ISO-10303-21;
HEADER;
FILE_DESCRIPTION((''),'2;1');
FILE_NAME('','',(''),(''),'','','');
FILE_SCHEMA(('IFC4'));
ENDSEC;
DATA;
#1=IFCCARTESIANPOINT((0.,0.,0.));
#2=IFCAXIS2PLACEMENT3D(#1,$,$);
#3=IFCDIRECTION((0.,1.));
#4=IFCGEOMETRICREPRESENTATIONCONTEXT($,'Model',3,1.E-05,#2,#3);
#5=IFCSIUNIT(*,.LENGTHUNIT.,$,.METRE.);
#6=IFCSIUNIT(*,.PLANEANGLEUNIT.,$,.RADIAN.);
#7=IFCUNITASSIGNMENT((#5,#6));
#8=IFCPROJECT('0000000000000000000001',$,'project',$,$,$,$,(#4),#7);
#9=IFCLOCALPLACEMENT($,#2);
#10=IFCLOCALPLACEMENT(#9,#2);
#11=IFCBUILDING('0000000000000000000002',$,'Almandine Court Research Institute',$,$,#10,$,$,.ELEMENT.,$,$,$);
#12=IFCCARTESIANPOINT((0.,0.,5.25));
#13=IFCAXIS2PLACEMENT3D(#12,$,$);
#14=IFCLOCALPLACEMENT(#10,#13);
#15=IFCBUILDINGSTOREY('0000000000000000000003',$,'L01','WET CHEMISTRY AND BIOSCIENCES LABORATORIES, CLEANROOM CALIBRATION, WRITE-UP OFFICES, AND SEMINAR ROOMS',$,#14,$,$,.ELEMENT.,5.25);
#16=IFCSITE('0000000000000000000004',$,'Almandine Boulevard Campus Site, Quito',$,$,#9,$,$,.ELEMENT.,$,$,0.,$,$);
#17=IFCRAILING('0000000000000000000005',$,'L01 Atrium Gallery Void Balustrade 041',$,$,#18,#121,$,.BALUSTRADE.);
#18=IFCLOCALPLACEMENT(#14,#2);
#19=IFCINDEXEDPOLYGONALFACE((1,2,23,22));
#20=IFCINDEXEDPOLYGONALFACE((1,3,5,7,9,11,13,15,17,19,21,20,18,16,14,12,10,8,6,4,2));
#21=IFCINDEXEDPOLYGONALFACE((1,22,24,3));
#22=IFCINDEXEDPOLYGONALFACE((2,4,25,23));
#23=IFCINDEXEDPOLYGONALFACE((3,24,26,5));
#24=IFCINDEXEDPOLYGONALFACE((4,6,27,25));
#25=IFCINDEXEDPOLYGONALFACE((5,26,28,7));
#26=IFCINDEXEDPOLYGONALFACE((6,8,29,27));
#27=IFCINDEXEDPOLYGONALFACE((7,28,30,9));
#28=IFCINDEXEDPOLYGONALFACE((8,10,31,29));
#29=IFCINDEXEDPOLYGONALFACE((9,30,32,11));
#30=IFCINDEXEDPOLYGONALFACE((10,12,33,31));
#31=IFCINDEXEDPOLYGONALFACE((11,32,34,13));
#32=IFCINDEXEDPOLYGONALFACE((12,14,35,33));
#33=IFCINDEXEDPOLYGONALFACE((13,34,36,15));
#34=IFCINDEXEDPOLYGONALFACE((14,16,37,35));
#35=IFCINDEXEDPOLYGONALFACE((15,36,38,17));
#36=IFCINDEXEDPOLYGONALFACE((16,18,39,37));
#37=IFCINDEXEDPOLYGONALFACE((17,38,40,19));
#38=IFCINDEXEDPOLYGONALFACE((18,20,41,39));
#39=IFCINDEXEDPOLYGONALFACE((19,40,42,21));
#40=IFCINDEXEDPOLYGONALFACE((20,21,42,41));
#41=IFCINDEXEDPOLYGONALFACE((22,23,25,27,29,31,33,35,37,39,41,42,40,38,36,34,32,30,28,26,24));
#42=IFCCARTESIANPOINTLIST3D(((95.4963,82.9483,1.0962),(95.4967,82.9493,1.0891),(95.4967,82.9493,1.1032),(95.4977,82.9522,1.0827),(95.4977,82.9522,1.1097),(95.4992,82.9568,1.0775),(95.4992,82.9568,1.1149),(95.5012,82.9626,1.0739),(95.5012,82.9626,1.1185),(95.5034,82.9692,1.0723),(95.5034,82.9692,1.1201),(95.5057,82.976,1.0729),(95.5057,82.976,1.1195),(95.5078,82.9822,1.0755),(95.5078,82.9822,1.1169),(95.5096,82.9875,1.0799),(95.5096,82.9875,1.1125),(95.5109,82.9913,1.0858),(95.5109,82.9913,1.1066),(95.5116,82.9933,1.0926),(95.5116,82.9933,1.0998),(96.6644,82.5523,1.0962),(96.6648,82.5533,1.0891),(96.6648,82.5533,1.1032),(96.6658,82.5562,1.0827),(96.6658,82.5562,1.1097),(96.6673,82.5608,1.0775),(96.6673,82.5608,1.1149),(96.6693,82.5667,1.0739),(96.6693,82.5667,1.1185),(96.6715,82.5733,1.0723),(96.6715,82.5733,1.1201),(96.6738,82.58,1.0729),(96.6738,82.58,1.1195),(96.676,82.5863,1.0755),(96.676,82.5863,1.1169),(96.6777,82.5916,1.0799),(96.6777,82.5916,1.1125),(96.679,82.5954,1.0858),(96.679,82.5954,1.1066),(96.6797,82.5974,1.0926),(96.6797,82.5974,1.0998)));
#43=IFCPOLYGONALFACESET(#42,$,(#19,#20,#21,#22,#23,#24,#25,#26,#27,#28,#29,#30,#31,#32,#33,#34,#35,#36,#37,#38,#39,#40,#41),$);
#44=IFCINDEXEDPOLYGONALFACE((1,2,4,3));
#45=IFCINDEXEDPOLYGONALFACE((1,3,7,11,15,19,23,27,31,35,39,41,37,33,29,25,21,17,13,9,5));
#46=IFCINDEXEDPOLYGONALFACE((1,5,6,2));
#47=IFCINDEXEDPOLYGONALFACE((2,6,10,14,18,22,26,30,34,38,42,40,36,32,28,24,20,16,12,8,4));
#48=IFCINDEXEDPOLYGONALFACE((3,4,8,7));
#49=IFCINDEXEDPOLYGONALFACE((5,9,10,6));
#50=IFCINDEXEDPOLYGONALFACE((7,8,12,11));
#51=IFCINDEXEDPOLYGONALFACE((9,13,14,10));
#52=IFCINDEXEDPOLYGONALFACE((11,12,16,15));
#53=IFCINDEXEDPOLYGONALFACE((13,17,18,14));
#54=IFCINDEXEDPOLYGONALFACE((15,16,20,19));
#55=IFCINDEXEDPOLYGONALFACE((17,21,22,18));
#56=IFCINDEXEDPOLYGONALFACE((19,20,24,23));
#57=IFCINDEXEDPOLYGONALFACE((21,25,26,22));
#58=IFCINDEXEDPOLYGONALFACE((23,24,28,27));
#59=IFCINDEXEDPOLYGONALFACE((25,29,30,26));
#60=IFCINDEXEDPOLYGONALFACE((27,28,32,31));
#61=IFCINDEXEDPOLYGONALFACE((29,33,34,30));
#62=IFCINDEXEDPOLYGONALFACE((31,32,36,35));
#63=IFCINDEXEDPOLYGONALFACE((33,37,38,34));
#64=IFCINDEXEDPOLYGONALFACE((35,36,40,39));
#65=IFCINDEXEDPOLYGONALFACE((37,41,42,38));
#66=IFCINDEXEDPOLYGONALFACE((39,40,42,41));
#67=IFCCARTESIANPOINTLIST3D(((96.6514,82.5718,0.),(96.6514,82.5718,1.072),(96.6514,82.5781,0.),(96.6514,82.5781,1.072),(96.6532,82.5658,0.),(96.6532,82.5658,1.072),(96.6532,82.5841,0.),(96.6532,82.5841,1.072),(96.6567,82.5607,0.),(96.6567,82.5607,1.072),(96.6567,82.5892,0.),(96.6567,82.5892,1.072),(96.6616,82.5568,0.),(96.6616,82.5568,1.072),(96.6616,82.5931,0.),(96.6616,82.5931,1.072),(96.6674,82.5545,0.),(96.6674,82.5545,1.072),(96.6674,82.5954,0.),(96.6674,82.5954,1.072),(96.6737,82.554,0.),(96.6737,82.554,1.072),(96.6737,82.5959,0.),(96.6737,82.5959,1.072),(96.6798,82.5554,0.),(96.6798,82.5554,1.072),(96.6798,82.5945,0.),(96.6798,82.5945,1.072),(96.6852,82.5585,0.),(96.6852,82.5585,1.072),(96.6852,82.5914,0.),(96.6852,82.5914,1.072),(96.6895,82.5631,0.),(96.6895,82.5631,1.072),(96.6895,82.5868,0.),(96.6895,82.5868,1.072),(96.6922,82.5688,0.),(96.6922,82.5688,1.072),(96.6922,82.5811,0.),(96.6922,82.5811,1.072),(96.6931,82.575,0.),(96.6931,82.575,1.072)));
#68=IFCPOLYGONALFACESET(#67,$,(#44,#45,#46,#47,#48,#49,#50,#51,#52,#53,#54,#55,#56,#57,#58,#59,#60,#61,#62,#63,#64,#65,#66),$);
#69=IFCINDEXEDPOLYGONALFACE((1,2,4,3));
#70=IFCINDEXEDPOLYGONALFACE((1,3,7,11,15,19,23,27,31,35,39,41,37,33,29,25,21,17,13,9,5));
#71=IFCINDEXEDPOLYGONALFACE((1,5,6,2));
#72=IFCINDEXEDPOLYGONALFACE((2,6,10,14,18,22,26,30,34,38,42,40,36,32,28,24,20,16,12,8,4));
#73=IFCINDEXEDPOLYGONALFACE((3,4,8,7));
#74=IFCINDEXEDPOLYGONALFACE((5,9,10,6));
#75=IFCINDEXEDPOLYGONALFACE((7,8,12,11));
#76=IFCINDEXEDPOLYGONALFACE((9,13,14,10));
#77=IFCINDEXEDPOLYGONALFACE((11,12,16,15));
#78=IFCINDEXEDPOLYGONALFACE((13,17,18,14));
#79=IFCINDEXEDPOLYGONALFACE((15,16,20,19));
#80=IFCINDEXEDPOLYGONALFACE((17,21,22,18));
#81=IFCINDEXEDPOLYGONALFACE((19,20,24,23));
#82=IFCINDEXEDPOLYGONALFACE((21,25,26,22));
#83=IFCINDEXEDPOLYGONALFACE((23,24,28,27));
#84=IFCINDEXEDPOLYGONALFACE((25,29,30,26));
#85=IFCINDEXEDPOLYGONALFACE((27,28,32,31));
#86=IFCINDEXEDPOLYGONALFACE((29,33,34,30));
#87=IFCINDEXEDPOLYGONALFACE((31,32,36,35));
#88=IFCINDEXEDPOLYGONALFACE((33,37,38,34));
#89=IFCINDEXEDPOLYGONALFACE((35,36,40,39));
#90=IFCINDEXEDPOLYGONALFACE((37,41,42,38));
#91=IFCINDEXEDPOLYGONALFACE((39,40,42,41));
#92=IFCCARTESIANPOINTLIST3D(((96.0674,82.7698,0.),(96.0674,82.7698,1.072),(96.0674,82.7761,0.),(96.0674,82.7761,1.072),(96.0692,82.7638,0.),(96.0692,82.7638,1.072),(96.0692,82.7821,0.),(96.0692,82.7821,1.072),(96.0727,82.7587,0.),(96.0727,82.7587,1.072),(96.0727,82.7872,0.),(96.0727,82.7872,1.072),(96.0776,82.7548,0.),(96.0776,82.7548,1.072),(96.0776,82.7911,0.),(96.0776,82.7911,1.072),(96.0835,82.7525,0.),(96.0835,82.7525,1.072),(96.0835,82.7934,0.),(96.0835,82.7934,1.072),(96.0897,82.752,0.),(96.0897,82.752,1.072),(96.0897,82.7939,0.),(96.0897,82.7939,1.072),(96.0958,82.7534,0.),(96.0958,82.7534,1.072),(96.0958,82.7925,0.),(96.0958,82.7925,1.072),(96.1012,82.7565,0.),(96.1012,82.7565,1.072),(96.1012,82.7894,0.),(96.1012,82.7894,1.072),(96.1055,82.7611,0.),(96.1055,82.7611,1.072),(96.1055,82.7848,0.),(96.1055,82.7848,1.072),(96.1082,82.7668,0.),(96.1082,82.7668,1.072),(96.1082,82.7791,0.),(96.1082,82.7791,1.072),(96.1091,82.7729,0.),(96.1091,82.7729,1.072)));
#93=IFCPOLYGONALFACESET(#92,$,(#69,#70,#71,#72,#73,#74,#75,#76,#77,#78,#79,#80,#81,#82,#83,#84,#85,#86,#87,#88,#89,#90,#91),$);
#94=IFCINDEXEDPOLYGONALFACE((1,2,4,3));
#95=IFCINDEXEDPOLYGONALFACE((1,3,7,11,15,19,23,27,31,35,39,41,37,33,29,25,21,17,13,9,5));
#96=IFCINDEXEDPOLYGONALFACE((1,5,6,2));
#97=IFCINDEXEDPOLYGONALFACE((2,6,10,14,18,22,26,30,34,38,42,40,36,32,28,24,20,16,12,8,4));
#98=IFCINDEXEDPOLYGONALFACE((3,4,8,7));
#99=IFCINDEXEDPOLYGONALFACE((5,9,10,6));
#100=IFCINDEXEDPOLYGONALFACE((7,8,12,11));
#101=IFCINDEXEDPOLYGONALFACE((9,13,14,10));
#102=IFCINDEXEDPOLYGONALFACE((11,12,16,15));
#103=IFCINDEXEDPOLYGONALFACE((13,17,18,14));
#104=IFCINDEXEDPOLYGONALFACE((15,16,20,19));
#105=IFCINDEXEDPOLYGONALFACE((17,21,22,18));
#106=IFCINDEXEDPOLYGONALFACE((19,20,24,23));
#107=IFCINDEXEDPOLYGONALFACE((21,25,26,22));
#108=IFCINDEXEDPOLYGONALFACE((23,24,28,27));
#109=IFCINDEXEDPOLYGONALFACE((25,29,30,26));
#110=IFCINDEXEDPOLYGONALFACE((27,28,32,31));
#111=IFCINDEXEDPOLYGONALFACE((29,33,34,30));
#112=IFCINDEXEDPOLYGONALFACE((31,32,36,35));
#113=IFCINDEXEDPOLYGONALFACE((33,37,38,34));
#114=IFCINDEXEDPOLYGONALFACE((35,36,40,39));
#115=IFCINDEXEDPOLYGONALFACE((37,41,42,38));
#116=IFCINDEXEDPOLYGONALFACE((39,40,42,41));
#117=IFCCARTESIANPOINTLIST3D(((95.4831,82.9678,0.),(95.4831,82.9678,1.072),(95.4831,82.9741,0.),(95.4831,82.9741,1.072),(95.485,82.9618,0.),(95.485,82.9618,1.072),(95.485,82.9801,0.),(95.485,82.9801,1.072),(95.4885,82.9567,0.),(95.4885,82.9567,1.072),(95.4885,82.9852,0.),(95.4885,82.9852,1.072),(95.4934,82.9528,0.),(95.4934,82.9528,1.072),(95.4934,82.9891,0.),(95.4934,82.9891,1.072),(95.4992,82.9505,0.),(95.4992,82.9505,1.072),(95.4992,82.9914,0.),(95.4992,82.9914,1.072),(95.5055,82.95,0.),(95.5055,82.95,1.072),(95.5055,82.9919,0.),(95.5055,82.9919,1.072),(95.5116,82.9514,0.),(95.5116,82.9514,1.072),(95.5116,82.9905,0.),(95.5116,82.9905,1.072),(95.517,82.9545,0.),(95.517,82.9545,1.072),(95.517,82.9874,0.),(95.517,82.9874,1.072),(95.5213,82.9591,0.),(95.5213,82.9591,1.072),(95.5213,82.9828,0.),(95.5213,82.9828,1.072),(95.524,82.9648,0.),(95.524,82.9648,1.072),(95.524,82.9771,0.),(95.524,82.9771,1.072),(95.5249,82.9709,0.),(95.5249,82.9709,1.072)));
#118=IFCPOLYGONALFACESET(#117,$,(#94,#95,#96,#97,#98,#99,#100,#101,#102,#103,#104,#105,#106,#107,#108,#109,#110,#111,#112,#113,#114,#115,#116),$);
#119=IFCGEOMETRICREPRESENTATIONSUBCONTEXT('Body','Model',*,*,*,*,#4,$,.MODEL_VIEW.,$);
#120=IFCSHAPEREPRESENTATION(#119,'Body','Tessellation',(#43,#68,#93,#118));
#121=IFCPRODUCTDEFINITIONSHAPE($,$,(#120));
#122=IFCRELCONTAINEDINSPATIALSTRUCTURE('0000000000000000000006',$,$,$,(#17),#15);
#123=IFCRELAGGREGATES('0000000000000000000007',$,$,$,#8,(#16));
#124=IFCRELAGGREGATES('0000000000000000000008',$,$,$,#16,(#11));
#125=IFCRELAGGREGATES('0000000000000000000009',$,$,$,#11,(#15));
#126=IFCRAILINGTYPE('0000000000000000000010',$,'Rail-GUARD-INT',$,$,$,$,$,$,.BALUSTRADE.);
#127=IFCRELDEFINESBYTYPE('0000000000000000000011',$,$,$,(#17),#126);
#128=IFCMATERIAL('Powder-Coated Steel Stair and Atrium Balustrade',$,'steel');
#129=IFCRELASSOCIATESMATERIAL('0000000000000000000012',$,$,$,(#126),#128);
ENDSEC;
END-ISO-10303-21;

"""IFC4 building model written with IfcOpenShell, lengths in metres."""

from ifc_helpers import new_model, si_unit, direction, frame, origin, origin_2d, place, context, subcontext, project, spatial, circle, extrude, material, type_object, element, save


model = new_model("IFC4")

# Units and contexts
model_context = context("Model", 3, precision=1e-05, world=origin(), true_north=direction((0.0, 1.0)))
body_context = subcontext(model_context, "Body", "Model", "MODEL_VIEW")
ifc_project = project(units=[si_unit("LENGTHUNIT", "METRE"), si_unit("PLANEANGLEUNIT", "RADIAN")], contexts=[model_context])

# Site, building, storey
site_placement = place(None, origin())
site = spatial("IfcSite", under=ifc_project, at=site_placement, Name="Almandine Boulevard Campus Site, Quito", CompositionType="ELEMENT", RefElevation=0.0)
building_placement = place(site_placement, origin())
building = spatial("IfcBuilding", under=site, at=building_placement, Name="Almandine Court Research Institute", CompositionType="ELEMENT")
storey_placement = place(building_placement, frame((0.0, 0.0, 5.25)))
storey = spatial("IfcBuildingStorey", under=building, at=storey_placement, Name="L01", Description="WET CHEMISTRY AND BIOSCIENCES LABORATORIES, CLEANROOM CALIBRATION, WRITE-UP OFFICES, AND SEMINAR ROOMS", CompositionType="ELEMENT", Elevation=5.25)

# Railing
ifc_material_1 = material(Name="Powder-Coated Steel Stair and Atrium Balustrade", Category="steel")
railing_type = type_object("IfcRailingType", Name="Rail-GUARD-INT", PredefinedType="BALUSTRADE", material=ifc_material_1)
railing_1_placement = place(storey_placement, frame((96.6721, 82.575, 0.0)))
element("IfcRailing", 1, at=railing_1_placement, inside=storey, type_object=railing_type, Name="L01 Atrium Gallery Void Balustrade 041", PredefinedType="BALUSTRADE", context=body_context, shape_type="SweptSolid", body=[
    extrude(circle(Radius=0.0239, at=origin_2d()), frame((0.0, 0.0, 1.0962), z_axis=(-0.947068, 0.321033, 0.0), x_axis=(-0.321033, -0.947068, 0.0)), (0.0, 0.0, 1.0), 1.2334),
    extrude(circle(Radius=0.021, at=origin_2d()), origin(), (0.0, 0.0, 1.0), 1.072),
    extrude(circle(Radius=0.021, at=origin_2d()), frame((-0.584, 0.198, 0.0)), (0.0, 0.0, 1.0), 1.072),
    extrude(circle(Radius=0.021, at=origin_2d()), frame((-1.1682, 0.396, 0.0)), (0.0, 0.0, 1.0), 1.072),
])

save(model, "model.ifc")
